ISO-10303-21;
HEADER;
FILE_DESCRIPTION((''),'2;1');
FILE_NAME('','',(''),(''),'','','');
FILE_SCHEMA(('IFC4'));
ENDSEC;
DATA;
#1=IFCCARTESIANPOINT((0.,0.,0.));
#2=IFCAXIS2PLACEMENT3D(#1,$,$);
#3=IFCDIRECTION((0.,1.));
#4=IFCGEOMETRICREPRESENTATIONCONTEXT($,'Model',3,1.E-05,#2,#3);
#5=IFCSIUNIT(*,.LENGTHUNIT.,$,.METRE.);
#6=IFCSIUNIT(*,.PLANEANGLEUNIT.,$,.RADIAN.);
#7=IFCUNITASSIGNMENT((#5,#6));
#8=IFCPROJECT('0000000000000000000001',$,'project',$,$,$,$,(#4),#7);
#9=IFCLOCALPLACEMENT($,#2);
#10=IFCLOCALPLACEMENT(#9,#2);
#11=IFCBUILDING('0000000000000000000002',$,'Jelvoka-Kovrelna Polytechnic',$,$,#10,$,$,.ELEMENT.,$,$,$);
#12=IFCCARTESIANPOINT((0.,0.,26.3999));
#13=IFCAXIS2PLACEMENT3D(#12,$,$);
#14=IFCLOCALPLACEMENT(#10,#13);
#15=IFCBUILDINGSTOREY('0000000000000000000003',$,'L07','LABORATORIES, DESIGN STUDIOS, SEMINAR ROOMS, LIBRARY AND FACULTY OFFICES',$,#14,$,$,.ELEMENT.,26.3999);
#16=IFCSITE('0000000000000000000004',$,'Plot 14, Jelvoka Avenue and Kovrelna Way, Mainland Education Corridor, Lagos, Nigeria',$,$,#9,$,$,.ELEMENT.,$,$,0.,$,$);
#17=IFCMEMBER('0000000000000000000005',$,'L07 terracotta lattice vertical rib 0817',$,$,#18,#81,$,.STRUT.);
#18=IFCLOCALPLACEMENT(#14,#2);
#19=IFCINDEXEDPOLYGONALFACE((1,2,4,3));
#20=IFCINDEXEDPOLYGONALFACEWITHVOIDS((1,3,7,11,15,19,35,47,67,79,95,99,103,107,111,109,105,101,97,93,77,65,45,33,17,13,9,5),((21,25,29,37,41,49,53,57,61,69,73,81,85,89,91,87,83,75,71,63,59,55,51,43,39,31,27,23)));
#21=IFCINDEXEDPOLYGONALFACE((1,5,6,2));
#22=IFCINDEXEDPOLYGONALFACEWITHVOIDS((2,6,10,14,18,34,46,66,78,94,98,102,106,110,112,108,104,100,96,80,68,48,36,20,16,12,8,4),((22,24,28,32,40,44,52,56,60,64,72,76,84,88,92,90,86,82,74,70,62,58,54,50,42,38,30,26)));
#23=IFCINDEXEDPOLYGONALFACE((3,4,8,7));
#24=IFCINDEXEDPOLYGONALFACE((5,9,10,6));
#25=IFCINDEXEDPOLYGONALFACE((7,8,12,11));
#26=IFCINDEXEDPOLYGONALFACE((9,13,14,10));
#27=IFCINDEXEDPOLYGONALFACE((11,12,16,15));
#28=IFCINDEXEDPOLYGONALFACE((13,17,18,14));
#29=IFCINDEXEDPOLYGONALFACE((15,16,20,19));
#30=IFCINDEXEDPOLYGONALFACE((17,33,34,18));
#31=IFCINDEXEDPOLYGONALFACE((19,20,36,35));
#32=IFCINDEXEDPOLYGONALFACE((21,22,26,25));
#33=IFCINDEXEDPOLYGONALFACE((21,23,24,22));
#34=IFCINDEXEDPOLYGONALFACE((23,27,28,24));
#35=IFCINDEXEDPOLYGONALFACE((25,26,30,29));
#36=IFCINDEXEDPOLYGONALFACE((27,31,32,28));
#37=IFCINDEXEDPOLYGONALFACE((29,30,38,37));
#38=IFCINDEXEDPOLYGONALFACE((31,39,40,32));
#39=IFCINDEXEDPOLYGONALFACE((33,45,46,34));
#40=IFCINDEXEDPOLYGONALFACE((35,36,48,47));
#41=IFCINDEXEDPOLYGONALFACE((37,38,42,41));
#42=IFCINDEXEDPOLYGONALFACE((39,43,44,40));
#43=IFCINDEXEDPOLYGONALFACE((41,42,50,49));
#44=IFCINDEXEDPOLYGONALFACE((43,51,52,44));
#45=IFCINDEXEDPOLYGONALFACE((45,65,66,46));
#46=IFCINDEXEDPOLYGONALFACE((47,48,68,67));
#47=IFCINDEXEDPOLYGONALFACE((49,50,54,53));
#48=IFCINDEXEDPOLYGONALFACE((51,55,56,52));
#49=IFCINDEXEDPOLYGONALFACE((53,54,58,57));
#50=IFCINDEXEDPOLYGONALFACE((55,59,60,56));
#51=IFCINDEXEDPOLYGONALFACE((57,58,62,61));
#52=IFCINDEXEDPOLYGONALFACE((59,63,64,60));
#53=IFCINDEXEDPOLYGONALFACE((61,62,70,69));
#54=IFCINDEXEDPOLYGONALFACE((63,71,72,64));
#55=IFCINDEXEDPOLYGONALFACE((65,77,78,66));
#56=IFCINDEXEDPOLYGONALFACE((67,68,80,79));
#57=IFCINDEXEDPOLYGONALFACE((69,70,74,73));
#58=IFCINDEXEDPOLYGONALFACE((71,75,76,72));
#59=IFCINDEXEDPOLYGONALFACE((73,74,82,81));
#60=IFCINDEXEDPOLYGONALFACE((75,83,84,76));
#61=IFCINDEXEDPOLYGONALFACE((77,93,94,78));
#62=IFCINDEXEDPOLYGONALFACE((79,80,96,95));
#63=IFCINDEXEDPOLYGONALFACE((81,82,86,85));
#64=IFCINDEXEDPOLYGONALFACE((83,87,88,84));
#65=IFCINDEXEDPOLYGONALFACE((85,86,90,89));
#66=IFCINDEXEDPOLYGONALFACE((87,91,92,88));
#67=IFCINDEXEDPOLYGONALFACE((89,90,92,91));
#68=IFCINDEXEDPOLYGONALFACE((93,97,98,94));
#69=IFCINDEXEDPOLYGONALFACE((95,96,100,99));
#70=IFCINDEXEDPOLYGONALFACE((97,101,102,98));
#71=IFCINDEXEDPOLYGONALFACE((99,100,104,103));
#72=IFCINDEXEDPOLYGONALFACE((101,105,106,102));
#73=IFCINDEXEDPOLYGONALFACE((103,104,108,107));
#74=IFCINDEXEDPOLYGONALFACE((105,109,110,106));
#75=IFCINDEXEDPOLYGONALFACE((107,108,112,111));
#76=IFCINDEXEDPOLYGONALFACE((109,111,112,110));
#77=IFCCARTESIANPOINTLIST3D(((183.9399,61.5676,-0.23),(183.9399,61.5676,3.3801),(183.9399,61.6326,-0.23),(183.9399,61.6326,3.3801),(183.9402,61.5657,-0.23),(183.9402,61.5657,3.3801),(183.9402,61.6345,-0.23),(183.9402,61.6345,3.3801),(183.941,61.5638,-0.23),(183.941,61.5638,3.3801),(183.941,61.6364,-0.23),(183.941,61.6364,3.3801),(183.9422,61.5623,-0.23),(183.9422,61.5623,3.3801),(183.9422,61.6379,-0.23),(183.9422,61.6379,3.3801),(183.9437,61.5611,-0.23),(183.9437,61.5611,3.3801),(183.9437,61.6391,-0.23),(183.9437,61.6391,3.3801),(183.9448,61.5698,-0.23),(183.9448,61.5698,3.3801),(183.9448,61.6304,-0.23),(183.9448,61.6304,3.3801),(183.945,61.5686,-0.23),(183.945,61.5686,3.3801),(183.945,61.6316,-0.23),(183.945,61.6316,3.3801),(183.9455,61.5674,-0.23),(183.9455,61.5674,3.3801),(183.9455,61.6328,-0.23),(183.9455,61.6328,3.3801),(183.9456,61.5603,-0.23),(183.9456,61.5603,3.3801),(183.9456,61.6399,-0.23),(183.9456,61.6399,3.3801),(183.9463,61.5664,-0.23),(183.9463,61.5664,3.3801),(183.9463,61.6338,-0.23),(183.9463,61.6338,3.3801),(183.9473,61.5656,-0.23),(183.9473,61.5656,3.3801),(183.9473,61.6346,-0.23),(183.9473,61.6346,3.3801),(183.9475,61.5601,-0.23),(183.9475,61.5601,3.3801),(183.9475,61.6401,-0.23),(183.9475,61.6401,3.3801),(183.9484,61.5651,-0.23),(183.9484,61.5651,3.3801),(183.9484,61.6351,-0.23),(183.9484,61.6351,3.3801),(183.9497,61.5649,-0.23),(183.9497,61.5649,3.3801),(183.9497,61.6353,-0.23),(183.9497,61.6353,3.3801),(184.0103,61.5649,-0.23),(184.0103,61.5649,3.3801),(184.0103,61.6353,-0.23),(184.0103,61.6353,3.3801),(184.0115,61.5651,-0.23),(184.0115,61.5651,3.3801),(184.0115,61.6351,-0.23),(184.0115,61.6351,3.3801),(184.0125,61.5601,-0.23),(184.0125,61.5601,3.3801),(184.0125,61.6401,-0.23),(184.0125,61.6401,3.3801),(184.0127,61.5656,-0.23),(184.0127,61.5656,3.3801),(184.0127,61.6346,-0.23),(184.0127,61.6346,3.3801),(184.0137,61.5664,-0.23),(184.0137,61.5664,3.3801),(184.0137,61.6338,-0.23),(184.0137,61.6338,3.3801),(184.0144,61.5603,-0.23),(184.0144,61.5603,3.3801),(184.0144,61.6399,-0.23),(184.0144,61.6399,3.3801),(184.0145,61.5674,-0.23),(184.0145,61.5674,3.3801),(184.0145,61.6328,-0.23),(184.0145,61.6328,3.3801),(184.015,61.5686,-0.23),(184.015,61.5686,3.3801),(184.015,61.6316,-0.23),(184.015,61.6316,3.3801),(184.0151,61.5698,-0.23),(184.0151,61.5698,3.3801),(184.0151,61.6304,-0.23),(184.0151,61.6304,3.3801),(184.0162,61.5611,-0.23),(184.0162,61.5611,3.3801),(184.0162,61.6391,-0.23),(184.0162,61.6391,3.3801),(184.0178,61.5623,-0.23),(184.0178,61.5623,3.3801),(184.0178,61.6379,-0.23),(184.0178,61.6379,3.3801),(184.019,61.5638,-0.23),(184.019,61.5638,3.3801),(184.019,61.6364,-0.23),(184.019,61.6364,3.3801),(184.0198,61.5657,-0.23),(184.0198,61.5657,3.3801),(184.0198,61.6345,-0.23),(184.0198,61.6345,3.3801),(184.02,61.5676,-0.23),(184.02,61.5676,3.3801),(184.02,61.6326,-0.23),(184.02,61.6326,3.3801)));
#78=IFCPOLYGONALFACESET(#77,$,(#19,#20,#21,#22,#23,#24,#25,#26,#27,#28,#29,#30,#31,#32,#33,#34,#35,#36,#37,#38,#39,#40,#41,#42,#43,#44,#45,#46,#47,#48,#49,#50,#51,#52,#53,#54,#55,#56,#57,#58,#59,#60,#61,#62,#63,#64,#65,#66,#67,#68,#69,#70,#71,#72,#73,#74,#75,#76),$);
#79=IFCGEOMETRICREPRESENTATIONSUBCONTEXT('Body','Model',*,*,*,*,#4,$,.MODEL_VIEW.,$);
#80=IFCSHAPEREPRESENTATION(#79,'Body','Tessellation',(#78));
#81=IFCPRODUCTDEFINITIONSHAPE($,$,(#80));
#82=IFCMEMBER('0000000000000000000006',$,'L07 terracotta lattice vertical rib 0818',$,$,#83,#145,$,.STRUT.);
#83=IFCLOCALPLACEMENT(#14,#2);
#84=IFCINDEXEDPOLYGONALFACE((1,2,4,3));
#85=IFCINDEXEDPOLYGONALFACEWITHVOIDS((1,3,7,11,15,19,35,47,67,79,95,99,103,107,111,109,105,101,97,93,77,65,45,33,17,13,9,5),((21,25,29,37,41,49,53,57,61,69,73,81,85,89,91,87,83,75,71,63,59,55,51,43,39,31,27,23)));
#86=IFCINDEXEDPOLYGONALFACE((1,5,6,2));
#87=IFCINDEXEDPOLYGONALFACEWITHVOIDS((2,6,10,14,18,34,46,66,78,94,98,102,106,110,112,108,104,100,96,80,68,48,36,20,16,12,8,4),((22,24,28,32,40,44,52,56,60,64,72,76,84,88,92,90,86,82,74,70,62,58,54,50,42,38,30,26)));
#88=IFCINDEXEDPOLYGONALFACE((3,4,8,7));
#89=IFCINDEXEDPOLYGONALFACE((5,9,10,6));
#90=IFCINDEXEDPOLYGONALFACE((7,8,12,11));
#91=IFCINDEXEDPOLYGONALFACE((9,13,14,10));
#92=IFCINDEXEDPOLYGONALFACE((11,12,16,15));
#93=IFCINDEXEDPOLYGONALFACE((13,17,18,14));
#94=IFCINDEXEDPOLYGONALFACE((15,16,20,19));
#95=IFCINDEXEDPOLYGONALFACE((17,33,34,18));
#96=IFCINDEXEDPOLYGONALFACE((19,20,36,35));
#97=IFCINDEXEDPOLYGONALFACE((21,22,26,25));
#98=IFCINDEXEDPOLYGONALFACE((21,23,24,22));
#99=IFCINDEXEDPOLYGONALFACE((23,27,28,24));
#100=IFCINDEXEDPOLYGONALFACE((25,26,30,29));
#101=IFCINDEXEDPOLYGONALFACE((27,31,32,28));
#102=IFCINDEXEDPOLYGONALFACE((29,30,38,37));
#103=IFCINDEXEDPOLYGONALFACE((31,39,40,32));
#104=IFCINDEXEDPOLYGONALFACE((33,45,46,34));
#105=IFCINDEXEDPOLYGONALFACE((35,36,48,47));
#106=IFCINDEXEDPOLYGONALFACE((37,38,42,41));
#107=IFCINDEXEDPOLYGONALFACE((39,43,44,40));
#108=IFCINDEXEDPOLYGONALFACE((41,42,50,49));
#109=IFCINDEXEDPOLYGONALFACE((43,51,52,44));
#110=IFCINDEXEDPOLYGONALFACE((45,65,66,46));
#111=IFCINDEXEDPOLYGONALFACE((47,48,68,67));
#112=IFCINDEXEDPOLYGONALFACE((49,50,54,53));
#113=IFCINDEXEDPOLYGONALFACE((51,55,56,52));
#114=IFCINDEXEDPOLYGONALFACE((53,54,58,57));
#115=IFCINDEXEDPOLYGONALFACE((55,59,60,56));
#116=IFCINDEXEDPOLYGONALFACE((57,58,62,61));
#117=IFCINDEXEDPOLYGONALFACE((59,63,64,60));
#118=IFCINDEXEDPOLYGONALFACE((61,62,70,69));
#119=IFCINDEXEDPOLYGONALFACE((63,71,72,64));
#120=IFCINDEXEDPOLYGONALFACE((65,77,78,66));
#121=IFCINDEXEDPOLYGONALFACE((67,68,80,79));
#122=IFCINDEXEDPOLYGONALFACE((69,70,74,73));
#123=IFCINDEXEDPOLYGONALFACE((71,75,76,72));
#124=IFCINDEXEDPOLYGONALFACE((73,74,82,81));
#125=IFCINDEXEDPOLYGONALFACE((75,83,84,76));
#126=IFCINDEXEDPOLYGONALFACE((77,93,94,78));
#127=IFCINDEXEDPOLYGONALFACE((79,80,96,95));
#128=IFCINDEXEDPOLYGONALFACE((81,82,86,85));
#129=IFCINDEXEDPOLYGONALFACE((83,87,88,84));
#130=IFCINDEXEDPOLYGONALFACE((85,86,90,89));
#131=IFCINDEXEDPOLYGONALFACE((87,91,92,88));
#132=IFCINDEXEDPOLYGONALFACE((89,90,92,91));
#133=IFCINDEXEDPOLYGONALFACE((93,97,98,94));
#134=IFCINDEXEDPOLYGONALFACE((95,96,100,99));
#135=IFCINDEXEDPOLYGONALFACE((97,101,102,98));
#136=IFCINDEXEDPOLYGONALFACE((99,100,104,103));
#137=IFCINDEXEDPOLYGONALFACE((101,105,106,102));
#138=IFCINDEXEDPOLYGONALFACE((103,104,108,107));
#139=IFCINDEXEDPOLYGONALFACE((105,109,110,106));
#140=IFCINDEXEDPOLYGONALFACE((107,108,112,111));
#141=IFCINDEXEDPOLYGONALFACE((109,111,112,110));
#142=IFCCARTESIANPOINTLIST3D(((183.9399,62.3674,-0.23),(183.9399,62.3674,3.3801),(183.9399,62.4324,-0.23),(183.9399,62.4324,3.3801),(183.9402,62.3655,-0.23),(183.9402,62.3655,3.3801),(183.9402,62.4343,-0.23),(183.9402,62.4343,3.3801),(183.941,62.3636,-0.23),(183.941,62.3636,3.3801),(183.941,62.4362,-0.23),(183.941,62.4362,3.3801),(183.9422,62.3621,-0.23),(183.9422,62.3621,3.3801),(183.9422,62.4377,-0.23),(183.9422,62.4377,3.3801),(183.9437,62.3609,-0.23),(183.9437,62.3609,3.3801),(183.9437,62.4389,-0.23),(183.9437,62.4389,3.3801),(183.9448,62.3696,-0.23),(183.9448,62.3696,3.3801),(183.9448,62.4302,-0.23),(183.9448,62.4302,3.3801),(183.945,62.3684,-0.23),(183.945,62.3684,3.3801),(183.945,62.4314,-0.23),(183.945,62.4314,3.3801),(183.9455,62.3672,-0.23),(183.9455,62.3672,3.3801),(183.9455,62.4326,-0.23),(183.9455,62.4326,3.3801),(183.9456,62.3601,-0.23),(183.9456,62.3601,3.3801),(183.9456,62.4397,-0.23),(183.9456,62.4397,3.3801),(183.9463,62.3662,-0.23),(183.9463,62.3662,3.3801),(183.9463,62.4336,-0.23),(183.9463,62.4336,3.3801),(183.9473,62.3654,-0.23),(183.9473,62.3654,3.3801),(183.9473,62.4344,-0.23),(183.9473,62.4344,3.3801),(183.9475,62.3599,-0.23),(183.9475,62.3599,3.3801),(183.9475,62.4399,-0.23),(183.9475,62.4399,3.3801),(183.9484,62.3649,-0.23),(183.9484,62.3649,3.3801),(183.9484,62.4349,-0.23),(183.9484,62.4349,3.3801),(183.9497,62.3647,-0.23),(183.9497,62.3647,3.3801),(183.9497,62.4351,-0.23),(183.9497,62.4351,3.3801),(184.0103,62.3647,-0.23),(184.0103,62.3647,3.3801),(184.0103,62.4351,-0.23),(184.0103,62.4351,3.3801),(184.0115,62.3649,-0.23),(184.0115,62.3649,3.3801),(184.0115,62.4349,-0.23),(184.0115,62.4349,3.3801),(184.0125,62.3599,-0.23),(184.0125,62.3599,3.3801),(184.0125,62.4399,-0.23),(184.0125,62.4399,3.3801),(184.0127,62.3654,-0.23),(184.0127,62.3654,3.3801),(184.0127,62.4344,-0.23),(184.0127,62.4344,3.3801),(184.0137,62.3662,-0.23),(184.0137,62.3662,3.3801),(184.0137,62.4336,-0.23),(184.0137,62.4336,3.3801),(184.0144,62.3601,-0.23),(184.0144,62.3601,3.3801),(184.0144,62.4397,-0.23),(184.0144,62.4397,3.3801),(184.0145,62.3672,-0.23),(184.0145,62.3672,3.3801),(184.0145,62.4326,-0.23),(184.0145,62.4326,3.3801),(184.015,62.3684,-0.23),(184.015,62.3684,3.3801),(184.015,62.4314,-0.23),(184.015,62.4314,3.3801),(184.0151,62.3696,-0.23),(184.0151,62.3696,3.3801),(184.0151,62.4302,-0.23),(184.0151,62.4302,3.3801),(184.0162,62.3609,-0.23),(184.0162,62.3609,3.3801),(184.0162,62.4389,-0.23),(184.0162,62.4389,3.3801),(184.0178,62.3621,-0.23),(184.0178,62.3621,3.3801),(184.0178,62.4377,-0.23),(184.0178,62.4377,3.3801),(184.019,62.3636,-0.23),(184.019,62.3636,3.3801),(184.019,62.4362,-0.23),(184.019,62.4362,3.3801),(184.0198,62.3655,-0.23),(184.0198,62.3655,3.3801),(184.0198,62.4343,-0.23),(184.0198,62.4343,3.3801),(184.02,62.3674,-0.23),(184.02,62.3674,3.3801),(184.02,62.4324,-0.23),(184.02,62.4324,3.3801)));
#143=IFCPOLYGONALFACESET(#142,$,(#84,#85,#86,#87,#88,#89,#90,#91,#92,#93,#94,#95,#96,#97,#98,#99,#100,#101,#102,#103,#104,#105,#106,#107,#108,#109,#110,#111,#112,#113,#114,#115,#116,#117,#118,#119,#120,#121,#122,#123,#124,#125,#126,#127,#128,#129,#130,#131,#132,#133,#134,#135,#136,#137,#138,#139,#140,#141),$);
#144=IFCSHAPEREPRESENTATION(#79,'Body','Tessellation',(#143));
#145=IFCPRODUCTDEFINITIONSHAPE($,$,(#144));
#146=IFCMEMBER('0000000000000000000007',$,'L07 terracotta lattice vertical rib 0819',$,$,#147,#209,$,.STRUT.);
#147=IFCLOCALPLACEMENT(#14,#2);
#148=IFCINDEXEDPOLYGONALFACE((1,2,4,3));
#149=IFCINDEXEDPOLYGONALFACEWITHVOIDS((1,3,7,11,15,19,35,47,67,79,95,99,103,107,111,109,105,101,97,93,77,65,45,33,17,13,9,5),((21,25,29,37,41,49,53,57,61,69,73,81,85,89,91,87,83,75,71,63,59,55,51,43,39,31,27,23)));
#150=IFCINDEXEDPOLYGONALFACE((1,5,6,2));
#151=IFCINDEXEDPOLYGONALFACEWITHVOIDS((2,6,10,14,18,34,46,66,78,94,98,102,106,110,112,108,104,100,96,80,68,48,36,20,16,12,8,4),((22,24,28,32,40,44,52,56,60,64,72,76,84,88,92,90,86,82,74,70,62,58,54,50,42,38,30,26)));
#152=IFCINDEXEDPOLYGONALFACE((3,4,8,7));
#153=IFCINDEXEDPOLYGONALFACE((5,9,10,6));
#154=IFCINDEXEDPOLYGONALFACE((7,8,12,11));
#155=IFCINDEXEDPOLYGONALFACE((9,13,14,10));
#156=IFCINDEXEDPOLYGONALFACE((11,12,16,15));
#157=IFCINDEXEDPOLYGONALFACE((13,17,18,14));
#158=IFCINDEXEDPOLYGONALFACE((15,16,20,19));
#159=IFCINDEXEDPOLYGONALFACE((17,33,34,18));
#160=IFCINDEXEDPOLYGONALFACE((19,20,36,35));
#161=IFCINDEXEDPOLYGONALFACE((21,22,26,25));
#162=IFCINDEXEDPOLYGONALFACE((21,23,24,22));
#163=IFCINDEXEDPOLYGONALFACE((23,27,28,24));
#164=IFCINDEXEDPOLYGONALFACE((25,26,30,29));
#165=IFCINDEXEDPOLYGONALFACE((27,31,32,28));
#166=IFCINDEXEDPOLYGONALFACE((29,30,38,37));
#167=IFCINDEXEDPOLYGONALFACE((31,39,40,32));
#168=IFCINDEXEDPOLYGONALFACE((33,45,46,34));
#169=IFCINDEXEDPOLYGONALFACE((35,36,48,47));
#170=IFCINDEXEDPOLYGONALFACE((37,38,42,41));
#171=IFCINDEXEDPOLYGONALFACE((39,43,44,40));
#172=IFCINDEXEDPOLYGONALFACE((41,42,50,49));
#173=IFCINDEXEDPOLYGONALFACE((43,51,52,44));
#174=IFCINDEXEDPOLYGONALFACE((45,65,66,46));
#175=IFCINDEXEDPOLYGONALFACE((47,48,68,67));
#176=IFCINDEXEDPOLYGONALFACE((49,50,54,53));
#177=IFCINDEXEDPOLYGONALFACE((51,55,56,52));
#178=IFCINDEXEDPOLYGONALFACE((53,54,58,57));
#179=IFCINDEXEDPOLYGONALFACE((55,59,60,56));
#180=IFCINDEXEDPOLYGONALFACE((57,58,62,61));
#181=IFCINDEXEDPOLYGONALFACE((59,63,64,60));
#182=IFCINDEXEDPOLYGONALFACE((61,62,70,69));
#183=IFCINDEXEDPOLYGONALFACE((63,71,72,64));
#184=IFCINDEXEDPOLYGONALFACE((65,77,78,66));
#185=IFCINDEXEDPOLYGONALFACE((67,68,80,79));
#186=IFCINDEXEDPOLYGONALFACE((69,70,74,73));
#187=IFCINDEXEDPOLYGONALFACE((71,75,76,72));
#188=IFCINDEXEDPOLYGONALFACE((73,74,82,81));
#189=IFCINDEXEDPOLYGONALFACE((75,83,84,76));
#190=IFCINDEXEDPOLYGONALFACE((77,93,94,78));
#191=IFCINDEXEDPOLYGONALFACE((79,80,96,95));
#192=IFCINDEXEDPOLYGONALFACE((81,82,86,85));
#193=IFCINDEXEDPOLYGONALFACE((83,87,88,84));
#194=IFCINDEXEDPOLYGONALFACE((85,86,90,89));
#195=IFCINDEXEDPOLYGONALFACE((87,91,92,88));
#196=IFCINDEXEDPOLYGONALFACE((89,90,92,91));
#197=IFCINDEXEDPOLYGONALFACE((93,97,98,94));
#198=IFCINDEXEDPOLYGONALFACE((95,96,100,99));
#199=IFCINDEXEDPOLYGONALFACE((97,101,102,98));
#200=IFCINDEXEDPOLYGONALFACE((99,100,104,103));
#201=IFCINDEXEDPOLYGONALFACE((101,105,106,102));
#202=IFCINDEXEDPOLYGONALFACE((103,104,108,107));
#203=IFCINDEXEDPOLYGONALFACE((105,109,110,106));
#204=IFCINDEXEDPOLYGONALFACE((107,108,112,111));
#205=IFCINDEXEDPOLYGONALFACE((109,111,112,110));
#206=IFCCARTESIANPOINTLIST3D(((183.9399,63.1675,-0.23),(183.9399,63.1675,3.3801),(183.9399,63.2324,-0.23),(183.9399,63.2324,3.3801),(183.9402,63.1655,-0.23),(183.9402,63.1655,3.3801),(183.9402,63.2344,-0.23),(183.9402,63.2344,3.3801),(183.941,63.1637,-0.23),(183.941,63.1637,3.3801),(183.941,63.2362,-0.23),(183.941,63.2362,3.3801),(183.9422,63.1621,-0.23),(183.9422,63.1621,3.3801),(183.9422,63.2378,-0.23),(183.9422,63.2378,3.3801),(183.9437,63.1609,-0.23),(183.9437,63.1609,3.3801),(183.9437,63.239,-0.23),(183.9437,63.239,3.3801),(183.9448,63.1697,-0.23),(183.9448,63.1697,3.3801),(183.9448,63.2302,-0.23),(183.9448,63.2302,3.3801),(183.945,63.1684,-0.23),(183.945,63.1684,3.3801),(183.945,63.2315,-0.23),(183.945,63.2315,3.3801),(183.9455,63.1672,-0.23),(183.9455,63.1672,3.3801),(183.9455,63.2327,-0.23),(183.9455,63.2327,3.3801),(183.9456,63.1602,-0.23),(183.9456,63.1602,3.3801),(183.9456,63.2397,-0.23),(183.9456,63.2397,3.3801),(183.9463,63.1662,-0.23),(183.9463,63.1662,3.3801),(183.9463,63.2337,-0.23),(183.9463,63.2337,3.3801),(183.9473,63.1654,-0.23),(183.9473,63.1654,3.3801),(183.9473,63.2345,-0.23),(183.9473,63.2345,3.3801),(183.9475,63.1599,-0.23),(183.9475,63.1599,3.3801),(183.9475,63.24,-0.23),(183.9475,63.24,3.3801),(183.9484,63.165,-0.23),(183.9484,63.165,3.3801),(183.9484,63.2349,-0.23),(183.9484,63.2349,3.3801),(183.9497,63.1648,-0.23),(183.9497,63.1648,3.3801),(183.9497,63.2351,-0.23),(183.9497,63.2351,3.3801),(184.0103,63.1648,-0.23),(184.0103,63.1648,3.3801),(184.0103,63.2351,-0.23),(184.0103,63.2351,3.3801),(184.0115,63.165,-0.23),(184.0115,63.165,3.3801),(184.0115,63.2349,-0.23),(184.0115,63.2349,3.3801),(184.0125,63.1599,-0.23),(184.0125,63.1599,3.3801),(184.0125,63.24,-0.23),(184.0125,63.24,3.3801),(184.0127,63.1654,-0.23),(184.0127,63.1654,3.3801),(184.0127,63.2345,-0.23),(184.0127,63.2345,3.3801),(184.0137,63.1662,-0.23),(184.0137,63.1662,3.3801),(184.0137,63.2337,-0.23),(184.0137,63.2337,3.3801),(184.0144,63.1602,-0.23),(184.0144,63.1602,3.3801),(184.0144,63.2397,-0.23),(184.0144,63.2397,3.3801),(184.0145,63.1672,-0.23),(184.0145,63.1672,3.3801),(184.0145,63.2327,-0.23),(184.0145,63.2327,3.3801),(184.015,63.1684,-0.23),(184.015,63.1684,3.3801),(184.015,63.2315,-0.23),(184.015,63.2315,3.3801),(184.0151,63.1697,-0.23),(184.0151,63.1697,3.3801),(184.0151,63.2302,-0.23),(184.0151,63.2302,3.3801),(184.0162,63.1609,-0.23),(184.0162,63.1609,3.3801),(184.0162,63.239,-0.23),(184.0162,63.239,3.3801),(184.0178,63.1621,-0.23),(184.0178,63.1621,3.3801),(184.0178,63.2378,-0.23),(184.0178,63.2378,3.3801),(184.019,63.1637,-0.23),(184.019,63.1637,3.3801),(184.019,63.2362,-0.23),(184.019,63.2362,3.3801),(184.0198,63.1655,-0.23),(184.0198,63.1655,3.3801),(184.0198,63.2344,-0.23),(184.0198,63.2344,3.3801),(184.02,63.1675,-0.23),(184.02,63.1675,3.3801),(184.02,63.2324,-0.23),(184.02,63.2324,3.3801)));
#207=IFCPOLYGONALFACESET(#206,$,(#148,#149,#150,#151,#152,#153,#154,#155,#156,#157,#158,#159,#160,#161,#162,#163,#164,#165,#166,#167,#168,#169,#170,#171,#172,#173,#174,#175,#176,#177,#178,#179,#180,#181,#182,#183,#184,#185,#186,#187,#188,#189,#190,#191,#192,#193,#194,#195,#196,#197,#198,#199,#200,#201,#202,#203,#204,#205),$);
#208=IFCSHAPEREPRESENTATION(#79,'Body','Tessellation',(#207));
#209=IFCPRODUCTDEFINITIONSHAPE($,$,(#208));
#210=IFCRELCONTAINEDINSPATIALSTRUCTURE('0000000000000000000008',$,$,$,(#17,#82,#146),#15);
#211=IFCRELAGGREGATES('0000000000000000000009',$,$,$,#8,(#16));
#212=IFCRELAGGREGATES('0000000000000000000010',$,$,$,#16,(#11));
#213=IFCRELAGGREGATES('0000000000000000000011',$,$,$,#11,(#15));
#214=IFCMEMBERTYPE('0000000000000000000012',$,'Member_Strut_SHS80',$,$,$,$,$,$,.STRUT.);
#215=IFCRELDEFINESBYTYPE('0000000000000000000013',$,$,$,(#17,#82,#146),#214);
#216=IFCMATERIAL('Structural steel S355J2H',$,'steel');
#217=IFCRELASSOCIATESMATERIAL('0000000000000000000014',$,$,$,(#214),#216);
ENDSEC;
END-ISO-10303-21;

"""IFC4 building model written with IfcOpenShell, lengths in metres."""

from ifc_helpers import new_model, si_unit, direction, frame, origin, origin_2d, place, context, subcontext, project, spatial, hollow_rectangle, extrude, material, material_profile, profile_set, type_object, element, save


model = new_model("IFC4")

# Units and contexts
model_context = context("Model", 3, precision=1e-05, world=origin(), true_north=direction((0.0, 1.0)))
body_context = subcontext(model_context, "Body", "Model", "MODEL_VIEW")
ifc_project = project(units=[si_unit("LENGTHUNIT", "METRE"), si_unit("PLANEANGLEUNIT", "RADIAN")], contexts=[model_context])

# Site, building, storey
site_placement = place(None, origin())
site = spatial("IfcSite", under=ifc_project, at=site_placement, Name="Plot 14, Jelvoka Avenue and Kovrelna Way, Mainland Education Corridor, Lagos, Nigeria", CompositionType="ELEMENT", RefElevation=0.0)
building_placement = place(site_placement, origin())
building = spatial("IfcBuilding", under=site, at=building_placement, Name="Jelvoka-Kovrelna Polytechnic", CompositionType="ELEMENT")
storey_placement = place(building_placement, frame((0.0, 0.0, 26.3999)))
storey = spatial("IfcBuildingStorey", under=building, at=storey_placement, Name="L07", Description="LABORATORIES, DESIGN STUDIOS, SEMINAR ROOMS, LIBRARY AND FACULTY OFFICES", CompositionType="ELEMENT", Elevation=26.3999)

# Members
ifc_material_1 = material(Name="Structural steel S355J2H", Category="steel")
ifc_material_profile_1 = material_profile(ifc_material_1, hollow_rectangle(XDim=0.0801, YDim=0.0801, WallThickness=0.0049, InnerFilletRadius=0.0049, OuterFilletRadius=0.0076, at=origin_2d()), Name="80x80x5.0 SHS")
ifc_profile_set_1 = profile_set([ifc_material_profile_1], Name="Structural steel S355J2H")
member_type_1 = type_object("IfcMemberType", Name="Member_Strut_SHS80", PredefinedType="STRUT", material=ifc_profile_set_1)
for number, where, z_axis, x_axis, name in (
    (1, (183.98, 61.6001, -0.23), (0.0, 0.0, 1.0), (1.0, 0.0, 0.0), "L07 terracotta lattice vertical rib 0817"),
    (2, (183.98, 62.3999, -0.23), (0.0, 0.0, 1.0), (1.0, 0.0, 0.0), "L07 terracotta lattice vertical rib 0818"),
    (3, (183.98, 63.2, -0.23), (0.0, 0.0, 1.0), (1.0, 0.0, 0.0), "L07 terracotta lattice vertical rib 0819"),
):
    element("IfcMember", number, at=place(storey_placement, frame(where, z_axis=z_axis, x_axis=x_axis)), inside=storey, type_object=member_type_1, Name=name, PredefinedType="STRUT", context=body_context, shape_type="SweptSolid", body=[
        extrude(hollow_rectangle(XDim=0.0801, YDim=0.0801, WallThickness=0.0049, InnerFilletRadius=0.0049, OuterFilletRadius=0.0076, at=origin_2d()), origin(), (0.0, 0.0, 1.0), 3.6101),
    ])

save(model, "model.ifc")
